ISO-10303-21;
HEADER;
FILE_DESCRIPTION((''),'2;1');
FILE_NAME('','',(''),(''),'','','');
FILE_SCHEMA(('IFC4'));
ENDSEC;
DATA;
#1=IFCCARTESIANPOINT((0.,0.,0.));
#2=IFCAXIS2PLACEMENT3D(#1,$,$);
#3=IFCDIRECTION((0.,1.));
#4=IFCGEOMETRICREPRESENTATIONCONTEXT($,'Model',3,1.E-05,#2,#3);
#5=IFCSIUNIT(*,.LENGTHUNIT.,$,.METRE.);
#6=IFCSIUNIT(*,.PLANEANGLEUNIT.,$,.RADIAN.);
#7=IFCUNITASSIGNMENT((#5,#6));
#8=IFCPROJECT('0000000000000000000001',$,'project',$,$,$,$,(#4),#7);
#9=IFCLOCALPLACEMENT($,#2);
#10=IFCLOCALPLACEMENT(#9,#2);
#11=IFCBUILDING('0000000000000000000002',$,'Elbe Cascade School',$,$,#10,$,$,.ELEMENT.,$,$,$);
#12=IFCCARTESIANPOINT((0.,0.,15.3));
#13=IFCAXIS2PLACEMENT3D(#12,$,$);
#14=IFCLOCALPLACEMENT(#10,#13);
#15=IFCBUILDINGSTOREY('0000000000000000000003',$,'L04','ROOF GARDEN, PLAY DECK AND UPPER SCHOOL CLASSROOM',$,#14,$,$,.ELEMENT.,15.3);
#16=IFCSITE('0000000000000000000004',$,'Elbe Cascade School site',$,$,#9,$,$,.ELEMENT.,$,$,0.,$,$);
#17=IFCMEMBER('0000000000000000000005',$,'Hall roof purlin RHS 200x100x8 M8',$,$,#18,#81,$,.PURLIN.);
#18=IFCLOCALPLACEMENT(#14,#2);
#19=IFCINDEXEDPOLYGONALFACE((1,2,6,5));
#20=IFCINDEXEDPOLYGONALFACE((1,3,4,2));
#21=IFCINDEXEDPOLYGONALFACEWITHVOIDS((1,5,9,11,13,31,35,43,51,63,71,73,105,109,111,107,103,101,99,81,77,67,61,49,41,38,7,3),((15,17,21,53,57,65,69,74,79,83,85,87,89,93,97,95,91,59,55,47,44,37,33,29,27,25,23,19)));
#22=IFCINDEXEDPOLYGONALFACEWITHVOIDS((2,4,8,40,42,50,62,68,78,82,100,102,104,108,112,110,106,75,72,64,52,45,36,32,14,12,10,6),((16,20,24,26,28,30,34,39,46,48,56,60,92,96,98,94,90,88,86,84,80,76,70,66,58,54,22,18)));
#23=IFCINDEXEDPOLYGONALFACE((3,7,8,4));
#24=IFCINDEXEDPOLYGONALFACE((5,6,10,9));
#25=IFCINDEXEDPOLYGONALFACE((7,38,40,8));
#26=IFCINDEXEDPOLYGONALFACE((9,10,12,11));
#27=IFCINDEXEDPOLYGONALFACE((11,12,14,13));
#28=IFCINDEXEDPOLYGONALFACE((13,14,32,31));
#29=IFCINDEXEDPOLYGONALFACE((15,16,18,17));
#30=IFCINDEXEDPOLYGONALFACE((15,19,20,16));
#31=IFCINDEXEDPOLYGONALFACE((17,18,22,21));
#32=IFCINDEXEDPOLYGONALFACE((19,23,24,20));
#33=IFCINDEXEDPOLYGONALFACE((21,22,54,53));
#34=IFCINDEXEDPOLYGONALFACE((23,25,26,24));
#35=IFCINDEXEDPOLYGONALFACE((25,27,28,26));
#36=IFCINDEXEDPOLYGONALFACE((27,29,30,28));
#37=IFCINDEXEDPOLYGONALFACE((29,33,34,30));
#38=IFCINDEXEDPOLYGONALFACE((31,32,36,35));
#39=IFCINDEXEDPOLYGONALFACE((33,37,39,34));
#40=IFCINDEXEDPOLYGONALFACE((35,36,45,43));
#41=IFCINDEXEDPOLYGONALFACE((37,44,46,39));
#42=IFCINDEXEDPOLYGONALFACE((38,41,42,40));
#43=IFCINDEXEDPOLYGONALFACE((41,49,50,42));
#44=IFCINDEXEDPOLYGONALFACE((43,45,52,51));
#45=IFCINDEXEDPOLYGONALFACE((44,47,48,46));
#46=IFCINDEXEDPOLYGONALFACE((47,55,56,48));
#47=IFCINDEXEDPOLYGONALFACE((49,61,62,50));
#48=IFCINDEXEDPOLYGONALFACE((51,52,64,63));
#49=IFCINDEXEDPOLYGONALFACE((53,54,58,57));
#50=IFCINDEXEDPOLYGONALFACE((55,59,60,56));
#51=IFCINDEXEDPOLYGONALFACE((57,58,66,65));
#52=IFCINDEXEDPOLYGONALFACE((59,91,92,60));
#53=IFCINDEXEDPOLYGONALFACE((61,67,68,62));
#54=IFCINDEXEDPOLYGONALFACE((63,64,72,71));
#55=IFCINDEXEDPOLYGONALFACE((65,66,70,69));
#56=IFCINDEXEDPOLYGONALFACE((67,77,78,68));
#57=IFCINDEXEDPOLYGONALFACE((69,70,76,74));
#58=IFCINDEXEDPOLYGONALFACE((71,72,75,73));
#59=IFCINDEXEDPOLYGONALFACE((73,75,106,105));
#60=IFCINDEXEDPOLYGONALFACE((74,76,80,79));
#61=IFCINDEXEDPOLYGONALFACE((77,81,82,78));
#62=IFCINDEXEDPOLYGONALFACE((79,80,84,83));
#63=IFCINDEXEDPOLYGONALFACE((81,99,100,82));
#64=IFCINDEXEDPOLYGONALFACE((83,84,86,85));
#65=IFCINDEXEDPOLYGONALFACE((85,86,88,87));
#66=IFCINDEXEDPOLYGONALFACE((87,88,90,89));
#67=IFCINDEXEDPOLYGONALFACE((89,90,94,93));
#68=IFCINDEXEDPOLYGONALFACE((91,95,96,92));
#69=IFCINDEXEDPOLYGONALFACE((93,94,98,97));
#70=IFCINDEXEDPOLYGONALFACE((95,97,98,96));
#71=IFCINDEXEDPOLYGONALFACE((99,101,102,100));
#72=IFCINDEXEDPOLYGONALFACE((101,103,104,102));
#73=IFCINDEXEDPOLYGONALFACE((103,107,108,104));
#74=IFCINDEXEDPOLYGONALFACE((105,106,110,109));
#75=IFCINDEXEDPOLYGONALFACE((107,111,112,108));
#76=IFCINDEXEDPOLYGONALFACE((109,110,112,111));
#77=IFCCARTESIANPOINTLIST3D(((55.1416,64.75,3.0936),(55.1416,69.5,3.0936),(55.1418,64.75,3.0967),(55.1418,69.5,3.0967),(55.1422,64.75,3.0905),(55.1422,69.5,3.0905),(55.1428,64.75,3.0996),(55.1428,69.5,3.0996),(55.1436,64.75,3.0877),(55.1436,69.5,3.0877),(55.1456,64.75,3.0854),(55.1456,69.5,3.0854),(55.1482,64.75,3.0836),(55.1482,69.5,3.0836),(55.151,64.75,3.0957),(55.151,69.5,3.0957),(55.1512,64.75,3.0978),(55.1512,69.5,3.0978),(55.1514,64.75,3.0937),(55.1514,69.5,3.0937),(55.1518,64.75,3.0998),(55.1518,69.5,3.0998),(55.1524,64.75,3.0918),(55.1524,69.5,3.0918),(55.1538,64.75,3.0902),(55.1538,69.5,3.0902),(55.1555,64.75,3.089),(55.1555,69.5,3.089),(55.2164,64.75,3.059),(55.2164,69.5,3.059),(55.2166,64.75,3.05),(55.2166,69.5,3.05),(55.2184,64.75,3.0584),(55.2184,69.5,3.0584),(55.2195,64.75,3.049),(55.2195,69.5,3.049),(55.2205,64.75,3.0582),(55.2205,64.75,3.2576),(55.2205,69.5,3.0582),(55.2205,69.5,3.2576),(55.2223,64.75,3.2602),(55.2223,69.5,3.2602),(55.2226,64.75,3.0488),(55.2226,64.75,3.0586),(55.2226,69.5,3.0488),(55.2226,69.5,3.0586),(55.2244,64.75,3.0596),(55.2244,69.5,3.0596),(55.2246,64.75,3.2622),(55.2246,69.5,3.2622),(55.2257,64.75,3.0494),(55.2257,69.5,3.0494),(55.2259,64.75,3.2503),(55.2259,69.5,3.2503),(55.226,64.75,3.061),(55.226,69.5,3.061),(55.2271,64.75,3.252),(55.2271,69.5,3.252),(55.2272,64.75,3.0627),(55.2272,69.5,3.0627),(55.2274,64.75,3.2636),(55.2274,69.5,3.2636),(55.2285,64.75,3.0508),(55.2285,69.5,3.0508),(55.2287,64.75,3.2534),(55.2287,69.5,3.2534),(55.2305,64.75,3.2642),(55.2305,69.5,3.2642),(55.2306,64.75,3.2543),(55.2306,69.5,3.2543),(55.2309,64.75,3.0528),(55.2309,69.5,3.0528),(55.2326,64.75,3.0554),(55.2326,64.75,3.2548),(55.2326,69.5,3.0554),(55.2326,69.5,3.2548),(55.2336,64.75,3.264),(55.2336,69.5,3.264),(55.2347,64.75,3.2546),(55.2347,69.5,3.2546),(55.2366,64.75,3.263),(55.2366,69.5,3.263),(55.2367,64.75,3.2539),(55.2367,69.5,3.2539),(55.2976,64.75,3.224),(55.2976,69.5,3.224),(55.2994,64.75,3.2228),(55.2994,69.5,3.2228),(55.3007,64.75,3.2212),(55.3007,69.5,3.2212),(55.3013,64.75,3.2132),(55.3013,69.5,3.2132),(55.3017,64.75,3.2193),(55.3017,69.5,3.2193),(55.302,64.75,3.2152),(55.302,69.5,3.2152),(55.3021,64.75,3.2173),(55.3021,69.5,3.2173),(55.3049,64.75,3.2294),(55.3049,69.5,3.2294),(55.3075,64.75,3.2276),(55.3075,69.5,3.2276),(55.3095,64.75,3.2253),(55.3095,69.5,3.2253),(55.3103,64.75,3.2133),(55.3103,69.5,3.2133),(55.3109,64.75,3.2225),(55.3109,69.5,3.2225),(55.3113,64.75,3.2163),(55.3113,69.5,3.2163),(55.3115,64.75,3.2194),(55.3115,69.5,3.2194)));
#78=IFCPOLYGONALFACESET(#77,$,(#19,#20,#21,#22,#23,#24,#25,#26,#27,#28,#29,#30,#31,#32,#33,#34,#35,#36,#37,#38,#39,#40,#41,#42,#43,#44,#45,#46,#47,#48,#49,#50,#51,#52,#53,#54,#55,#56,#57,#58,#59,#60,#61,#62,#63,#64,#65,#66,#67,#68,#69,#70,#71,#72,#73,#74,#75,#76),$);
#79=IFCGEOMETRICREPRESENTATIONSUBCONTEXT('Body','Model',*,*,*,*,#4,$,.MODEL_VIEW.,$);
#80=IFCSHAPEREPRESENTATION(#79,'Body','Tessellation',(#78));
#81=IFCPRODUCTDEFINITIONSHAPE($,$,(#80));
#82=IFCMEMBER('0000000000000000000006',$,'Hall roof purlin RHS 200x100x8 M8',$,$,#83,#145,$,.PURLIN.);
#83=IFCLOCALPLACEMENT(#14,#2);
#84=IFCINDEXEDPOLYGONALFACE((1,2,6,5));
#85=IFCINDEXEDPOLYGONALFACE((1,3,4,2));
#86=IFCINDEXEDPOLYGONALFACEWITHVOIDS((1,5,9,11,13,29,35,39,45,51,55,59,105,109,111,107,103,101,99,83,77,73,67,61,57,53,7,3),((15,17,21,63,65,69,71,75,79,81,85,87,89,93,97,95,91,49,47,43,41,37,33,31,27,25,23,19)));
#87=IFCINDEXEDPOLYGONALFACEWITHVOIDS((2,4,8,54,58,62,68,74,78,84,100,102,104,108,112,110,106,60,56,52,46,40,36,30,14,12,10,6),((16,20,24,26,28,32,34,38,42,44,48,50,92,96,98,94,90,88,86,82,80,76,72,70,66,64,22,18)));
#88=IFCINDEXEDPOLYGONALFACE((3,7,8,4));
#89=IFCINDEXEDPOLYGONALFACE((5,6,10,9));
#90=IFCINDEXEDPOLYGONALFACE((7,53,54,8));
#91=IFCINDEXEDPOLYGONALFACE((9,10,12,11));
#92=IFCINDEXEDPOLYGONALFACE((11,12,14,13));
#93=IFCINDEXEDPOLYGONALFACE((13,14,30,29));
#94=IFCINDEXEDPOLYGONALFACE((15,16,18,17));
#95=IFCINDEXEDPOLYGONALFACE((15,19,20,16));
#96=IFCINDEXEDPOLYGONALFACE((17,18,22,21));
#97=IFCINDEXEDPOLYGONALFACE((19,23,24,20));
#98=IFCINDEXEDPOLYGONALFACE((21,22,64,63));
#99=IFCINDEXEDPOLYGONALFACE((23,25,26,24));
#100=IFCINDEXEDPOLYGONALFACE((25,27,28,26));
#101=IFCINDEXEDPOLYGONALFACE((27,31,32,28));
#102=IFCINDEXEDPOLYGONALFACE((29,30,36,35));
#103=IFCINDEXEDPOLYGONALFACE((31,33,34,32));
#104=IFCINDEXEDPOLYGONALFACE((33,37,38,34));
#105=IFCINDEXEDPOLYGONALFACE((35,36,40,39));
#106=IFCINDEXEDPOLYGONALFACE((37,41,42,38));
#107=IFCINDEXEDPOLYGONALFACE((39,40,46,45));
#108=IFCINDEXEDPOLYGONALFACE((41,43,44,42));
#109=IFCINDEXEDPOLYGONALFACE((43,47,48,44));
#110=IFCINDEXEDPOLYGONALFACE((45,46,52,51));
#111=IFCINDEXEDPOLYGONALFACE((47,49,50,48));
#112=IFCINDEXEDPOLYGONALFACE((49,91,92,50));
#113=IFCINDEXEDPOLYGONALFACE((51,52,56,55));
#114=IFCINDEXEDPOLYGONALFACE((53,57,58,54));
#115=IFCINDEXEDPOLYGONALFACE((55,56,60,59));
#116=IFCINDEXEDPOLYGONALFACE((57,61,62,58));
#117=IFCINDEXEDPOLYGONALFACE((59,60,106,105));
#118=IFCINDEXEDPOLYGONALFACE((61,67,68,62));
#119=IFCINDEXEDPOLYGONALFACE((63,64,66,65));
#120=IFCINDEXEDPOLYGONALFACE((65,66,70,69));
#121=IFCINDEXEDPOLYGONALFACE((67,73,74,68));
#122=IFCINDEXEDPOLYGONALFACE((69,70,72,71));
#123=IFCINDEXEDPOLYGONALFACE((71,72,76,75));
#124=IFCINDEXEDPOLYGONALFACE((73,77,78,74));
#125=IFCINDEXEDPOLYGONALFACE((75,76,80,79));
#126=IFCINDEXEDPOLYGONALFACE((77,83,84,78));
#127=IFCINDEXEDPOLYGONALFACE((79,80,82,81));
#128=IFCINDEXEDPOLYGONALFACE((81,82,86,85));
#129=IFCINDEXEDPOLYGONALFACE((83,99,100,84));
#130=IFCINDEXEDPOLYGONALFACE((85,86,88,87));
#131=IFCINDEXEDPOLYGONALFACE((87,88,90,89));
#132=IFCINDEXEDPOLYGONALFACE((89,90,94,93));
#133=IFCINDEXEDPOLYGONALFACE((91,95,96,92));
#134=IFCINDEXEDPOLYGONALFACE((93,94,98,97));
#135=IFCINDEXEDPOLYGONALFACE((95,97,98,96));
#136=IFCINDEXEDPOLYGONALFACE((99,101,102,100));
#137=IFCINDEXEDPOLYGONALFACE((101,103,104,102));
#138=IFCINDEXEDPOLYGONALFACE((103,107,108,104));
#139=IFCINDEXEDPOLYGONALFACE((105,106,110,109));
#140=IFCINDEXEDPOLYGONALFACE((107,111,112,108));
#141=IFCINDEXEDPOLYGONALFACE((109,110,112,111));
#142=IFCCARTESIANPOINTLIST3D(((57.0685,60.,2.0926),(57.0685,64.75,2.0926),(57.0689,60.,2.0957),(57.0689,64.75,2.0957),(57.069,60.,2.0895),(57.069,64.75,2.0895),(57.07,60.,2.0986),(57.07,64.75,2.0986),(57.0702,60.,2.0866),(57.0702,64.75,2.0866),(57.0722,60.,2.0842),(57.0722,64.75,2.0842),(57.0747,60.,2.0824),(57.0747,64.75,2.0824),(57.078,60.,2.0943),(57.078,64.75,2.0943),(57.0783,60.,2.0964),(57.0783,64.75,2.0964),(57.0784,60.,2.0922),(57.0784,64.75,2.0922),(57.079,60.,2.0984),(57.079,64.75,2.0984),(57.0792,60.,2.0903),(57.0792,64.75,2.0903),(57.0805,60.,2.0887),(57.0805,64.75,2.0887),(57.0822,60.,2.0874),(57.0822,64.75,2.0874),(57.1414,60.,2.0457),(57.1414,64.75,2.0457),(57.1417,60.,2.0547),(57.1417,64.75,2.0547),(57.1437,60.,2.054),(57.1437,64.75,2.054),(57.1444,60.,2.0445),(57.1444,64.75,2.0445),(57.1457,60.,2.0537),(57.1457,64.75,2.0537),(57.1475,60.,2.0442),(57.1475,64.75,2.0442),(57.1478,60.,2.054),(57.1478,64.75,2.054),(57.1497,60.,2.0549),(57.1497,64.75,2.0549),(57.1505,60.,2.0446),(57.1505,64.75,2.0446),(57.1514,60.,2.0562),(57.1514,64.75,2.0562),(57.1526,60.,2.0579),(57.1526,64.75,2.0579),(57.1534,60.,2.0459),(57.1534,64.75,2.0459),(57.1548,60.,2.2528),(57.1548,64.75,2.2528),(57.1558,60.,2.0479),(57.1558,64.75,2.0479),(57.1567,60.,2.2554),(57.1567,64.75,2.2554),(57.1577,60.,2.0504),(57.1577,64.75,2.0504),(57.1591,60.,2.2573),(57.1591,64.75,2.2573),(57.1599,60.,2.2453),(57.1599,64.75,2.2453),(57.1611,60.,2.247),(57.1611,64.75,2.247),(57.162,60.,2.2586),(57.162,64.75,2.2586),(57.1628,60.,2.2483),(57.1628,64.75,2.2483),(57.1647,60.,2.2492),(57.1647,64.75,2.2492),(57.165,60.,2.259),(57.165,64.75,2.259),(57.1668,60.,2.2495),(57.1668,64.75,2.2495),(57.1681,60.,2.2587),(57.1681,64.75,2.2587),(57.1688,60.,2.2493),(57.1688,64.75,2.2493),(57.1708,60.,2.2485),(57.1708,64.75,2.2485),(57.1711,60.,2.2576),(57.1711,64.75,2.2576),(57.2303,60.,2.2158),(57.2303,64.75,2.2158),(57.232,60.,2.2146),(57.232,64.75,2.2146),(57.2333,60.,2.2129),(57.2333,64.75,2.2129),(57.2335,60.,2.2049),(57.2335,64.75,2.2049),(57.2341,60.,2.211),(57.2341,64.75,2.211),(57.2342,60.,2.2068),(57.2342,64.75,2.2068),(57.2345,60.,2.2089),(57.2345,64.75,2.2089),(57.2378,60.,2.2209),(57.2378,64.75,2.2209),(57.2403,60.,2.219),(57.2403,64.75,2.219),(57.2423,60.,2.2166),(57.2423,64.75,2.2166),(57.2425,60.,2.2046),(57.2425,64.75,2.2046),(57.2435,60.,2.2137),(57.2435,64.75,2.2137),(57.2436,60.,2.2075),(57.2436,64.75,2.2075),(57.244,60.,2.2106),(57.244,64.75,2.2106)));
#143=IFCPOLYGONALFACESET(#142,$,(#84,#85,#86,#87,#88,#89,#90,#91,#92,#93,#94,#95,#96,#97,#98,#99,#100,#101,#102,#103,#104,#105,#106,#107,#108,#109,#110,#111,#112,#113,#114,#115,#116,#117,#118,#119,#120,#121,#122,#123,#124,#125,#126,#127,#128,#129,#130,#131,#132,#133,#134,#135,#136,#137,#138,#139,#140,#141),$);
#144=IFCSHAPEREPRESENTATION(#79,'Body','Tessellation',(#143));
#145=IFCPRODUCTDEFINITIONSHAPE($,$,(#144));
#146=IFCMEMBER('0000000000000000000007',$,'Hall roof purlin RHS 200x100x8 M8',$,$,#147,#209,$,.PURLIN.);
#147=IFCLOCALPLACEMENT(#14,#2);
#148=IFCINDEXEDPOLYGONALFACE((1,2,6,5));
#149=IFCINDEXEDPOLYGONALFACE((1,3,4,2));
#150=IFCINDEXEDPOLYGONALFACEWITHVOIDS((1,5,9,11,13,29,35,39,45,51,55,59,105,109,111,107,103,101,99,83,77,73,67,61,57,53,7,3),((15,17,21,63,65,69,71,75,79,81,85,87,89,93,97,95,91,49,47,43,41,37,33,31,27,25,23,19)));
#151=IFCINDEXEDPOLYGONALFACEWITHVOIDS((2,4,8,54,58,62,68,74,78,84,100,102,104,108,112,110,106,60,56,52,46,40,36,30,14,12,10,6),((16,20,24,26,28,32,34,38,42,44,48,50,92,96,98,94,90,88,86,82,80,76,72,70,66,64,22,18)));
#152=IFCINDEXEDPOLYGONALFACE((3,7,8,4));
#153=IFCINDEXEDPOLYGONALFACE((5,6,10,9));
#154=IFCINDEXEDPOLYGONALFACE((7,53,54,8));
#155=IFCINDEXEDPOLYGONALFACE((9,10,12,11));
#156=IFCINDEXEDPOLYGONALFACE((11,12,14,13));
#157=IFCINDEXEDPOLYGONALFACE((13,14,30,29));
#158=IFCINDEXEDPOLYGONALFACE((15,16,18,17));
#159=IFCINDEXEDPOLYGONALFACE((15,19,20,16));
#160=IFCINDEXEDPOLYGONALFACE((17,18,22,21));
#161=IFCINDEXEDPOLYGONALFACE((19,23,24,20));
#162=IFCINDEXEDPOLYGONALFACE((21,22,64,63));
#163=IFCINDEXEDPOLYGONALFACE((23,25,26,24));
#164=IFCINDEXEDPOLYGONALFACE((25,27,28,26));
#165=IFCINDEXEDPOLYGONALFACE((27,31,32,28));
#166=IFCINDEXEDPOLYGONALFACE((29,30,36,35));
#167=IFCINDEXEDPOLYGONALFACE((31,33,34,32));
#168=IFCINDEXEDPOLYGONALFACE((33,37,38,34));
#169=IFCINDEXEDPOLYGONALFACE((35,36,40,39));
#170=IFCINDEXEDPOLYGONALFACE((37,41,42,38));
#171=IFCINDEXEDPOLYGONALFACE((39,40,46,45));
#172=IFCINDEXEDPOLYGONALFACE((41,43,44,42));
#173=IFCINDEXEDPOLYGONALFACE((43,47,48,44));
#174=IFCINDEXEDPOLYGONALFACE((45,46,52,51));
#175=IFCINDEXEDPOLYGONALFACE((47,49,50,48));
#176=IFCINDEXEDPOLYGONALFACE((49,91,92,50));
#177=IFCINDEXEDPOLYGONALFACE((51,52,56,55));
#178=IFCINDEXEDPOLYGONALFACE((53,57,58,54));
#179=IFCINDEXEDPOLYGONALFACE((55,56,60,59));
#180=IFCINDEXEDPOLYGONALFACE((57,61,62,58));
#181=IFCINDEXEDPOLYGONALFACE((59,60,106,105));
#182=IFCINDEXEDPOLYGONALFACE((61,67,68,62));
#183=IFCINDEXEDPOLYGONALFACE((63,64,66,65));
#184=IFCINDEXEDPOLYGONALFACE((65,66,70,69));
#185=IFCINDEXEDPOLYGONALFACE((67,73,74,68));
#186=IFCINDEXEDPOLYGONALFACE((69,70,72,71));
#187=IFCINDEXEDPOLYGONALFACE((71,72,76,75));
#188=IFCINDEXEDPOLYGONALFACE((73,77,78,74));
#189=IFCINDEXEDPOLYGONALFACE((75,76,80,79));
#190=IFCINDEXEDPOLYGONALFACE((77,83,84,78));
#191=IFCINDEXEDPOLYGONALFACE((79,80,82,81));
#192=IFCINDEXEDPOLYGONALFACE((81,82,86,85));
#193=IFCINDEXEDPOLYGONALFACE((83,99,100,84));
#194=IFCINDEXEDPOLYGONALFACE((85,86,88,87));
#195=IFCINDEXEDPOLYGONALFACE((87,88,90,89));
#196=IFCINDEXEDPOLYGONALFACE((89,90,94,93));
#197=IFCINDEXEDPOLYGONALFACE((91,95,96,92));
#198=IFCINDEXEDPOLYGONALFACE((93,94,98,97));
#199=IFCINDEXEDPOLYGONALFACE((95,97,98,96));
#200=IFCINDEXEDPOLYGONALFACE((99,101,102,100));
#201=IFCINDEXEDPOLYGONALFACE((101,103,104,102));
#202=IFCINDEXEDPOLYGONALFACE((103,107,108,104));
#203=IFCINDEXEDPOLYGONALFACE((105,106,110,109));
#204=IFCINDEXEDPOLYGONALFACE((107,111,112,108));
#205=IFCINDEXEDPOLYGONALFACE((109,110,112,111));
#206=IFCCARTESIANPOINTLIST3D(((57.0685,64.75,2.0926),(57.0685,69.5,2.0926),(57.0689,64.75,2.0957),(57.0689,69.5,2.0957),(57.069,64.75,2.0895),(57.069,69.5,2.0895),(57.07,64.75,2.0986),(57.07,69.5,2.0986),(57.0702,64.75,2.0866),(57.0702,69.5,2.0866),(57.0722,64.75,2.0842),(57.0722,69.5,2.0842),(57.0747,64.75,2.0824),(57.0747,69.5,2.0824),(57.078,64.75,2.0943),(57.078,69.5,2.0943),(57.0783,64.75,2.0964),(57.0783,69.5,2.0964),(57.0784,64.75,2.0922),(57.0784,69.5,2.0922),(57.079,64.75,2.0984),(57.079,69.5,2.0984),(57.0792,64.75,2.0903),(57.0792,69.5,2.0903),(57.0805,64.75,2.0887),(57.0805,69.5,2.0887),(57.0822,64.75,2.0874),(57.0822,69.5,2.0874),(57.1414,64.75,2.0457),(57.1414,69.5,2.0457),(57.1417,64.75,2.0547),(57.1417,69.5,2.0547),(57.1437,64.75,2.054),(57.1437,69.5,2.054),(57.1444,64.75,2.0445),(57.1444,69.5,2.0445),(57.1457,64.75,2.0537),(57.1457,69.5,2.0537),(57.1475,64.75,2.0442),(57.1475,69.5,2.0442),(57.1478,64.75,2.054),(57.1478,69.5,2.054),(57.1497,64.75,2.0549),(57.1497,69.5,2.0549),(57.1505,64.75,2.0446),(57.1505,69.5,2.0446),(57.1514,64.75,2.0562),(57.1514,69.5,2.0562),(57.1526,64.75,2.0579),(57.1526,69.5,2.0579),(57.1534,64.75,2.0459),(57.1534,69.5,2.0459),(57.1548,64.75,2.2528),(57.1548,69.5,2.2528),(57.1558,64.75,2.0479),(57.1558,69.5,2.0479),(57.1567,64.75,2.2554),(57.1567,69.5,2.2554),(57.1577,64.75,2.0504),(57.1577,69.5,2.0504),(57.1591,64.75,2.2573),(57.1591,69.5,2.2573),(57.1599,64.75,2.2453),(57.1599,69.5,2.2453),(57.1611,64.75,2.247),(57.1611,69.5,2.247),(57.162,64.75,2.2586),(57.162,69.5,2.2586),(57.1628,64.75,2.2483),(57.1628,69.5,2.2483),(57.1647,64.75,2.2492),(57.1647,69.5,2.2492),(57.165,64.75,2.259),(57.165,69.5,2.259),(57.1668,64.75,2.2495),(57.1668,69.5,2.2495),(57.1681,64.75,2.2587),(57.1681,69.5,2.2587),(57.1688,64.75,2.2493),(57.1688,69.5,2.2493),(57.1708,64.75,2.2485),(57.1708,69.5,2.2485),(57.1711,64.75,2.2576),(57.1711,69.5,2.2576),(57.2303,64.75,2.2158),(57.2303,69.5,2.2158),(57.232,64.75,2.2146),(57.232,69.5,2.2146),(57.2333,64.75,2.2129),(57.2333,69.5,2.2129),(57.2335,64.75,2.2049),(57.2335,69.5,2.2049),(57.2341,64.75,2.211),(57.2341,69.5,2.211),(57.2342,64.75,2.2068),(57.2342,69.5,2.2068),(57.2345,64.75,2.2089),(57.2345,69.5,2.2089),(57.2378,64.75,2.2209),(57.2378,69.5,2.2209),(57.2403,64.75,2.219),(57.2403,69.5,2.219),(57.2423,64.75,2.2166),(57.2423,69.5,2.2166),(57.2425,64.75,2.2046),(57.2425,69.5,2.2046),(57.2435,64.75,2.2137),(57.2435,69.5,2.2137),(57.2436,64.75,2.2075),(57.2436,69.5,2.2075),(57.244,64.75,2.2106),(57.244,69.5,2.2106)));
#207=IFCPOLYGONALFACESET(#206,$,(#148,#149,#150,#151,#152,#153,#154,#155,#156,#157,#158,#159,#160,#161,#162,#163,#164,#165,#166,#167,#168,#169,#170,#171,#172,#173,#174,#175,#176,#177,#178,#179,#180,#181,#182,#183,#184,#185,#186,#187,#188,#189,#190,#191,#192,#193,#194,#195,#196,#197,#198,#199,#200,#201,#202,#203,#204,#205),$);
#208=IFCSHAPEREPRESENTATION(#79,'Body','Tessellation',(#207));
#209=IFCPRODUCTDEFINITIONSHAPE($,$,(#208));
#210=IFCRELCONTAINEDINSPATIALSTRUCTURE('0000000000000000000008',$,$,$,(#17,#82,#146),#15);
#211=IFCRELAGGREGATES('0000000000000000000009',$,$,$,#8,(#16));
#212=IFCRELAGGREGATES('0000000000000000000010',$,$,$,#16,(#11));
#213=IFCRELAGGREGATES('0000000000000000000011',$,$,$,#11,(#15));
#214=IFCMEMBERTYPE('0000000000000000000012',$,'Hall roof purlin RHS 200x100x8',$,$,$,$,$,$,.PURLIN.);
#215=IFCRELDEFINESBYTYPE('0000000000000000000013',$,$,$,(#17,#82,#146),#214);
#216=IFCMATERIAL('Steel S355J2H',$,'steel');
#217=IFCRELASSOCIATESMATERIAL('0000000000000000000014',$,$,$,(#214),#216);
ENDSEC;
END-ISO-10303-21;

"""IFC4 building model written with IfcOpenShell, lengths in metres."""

from ifc_helpers import new_model, si_unit, direction, frame, origin, origin_2d, place, context, subcontext, project, spatial, hollow_rectangle, extrude, material, material_profile, profile_set, type_object, element, save


model = new_model("IFC4")

# Units and contexts
model_context = context("Model", 3, precision=1e-05, world=origin(), true_north=direction((0.0, 1.0)))
body_context = subcontext(model_context, "Body", "Model", "MODEL_VIEW")
ifc_project = project(units=[si_unit("LENGTHUNIT", "METRE"), si_unit("PLANEANGLEUNIT", "RADIAN")], contexts=[model_context])

# Site, building, storey
site_placement = place(None, origin())
site = spatial("IfcSite", under=ifc_project, at=site_placement, Name="Elbe Cascade School site", CompositionType="ELEMENT", RefElevation=0.0)
building_placement = place(site_placement, origin())
building = spatial("IfcBuilding", under=site, at=building_placement, Name="Elbe Cascade School", CompositionType="ELEMENT")
storey_placement = place(building_placement, frame((0.0, 0.0, 15.3)))
storey = spatial("IfcBuildingStorey", under=building, at=storey_placement, Name="L04", Description="ROOF GARDEN, PLAY DECK AND UPPER SCHOOL CLASSROOM", CompositionType="ELEMENT", Elevation=15.3)

# Members
ifc_material_1 = material(Name="Steel S355J2H", Category="steel")
ifc_material_profile_1 = material_profile(ifc_material_1, hollow_rectangle(XDim=0.1001, YDim=0.2, WallThickness=0.0081, InnerFilletRadius=0.0081, OuterFilletRadius=0.012, at=origin_2d()), Name="RHS 200x100x8")
ifc_profile_set_1 = profile_set([ifc_material_profile_1], Name="Steel S355J2H")
member_type_1 = type_object("IfcMemberType", Name="Hall roof purlin RHS 200x100x8", PredefinedType="PURLIN", material=ifc_profile_set_1)
for number, where, z_axis, x_axis, name in (
    (1, (55.2266, 64.75, 3.1565), (0.0, 1.0, 0.0), (-0.897163, 0.0, 0.441699), "Hall roof purlin RHS 200x100x8 M8"),
    (2, (57.1562, 60.0, 2.1516), (0.0, 1.0, 0.0), (-0.876252, 0.0, 0.481853), "Hall roof purlin RHS 200x100x8 M8"),
    (3, (57.1562, 64.75, 2.1516), (0.0, 1.0, 0.0), (-0.876252, 0.0, 0.481853), "Hall roof purlin RHS 200x100x8 M8"),
):
    element("IfcMember", number, at=place(storey_placement, frame(where, z_axis=z_axis, x_axis=x_axis)), inside=storey, type_object=member_type_1, Name=name, PredefinedType="PURLIN", context=body_context, shape_type="SweptSolid", body=[
        extrude(hollow_rectangle(XDim=0.1001, YDim=0.2, WallThickness=0.0081, InnerFilletRadius=0.0081, OuterFilletRadius=0.012, at=origin_2d()), origin(), (0.0, 0.0, 1.0), 4.75),
    ])

save(model, "model.ifc")
